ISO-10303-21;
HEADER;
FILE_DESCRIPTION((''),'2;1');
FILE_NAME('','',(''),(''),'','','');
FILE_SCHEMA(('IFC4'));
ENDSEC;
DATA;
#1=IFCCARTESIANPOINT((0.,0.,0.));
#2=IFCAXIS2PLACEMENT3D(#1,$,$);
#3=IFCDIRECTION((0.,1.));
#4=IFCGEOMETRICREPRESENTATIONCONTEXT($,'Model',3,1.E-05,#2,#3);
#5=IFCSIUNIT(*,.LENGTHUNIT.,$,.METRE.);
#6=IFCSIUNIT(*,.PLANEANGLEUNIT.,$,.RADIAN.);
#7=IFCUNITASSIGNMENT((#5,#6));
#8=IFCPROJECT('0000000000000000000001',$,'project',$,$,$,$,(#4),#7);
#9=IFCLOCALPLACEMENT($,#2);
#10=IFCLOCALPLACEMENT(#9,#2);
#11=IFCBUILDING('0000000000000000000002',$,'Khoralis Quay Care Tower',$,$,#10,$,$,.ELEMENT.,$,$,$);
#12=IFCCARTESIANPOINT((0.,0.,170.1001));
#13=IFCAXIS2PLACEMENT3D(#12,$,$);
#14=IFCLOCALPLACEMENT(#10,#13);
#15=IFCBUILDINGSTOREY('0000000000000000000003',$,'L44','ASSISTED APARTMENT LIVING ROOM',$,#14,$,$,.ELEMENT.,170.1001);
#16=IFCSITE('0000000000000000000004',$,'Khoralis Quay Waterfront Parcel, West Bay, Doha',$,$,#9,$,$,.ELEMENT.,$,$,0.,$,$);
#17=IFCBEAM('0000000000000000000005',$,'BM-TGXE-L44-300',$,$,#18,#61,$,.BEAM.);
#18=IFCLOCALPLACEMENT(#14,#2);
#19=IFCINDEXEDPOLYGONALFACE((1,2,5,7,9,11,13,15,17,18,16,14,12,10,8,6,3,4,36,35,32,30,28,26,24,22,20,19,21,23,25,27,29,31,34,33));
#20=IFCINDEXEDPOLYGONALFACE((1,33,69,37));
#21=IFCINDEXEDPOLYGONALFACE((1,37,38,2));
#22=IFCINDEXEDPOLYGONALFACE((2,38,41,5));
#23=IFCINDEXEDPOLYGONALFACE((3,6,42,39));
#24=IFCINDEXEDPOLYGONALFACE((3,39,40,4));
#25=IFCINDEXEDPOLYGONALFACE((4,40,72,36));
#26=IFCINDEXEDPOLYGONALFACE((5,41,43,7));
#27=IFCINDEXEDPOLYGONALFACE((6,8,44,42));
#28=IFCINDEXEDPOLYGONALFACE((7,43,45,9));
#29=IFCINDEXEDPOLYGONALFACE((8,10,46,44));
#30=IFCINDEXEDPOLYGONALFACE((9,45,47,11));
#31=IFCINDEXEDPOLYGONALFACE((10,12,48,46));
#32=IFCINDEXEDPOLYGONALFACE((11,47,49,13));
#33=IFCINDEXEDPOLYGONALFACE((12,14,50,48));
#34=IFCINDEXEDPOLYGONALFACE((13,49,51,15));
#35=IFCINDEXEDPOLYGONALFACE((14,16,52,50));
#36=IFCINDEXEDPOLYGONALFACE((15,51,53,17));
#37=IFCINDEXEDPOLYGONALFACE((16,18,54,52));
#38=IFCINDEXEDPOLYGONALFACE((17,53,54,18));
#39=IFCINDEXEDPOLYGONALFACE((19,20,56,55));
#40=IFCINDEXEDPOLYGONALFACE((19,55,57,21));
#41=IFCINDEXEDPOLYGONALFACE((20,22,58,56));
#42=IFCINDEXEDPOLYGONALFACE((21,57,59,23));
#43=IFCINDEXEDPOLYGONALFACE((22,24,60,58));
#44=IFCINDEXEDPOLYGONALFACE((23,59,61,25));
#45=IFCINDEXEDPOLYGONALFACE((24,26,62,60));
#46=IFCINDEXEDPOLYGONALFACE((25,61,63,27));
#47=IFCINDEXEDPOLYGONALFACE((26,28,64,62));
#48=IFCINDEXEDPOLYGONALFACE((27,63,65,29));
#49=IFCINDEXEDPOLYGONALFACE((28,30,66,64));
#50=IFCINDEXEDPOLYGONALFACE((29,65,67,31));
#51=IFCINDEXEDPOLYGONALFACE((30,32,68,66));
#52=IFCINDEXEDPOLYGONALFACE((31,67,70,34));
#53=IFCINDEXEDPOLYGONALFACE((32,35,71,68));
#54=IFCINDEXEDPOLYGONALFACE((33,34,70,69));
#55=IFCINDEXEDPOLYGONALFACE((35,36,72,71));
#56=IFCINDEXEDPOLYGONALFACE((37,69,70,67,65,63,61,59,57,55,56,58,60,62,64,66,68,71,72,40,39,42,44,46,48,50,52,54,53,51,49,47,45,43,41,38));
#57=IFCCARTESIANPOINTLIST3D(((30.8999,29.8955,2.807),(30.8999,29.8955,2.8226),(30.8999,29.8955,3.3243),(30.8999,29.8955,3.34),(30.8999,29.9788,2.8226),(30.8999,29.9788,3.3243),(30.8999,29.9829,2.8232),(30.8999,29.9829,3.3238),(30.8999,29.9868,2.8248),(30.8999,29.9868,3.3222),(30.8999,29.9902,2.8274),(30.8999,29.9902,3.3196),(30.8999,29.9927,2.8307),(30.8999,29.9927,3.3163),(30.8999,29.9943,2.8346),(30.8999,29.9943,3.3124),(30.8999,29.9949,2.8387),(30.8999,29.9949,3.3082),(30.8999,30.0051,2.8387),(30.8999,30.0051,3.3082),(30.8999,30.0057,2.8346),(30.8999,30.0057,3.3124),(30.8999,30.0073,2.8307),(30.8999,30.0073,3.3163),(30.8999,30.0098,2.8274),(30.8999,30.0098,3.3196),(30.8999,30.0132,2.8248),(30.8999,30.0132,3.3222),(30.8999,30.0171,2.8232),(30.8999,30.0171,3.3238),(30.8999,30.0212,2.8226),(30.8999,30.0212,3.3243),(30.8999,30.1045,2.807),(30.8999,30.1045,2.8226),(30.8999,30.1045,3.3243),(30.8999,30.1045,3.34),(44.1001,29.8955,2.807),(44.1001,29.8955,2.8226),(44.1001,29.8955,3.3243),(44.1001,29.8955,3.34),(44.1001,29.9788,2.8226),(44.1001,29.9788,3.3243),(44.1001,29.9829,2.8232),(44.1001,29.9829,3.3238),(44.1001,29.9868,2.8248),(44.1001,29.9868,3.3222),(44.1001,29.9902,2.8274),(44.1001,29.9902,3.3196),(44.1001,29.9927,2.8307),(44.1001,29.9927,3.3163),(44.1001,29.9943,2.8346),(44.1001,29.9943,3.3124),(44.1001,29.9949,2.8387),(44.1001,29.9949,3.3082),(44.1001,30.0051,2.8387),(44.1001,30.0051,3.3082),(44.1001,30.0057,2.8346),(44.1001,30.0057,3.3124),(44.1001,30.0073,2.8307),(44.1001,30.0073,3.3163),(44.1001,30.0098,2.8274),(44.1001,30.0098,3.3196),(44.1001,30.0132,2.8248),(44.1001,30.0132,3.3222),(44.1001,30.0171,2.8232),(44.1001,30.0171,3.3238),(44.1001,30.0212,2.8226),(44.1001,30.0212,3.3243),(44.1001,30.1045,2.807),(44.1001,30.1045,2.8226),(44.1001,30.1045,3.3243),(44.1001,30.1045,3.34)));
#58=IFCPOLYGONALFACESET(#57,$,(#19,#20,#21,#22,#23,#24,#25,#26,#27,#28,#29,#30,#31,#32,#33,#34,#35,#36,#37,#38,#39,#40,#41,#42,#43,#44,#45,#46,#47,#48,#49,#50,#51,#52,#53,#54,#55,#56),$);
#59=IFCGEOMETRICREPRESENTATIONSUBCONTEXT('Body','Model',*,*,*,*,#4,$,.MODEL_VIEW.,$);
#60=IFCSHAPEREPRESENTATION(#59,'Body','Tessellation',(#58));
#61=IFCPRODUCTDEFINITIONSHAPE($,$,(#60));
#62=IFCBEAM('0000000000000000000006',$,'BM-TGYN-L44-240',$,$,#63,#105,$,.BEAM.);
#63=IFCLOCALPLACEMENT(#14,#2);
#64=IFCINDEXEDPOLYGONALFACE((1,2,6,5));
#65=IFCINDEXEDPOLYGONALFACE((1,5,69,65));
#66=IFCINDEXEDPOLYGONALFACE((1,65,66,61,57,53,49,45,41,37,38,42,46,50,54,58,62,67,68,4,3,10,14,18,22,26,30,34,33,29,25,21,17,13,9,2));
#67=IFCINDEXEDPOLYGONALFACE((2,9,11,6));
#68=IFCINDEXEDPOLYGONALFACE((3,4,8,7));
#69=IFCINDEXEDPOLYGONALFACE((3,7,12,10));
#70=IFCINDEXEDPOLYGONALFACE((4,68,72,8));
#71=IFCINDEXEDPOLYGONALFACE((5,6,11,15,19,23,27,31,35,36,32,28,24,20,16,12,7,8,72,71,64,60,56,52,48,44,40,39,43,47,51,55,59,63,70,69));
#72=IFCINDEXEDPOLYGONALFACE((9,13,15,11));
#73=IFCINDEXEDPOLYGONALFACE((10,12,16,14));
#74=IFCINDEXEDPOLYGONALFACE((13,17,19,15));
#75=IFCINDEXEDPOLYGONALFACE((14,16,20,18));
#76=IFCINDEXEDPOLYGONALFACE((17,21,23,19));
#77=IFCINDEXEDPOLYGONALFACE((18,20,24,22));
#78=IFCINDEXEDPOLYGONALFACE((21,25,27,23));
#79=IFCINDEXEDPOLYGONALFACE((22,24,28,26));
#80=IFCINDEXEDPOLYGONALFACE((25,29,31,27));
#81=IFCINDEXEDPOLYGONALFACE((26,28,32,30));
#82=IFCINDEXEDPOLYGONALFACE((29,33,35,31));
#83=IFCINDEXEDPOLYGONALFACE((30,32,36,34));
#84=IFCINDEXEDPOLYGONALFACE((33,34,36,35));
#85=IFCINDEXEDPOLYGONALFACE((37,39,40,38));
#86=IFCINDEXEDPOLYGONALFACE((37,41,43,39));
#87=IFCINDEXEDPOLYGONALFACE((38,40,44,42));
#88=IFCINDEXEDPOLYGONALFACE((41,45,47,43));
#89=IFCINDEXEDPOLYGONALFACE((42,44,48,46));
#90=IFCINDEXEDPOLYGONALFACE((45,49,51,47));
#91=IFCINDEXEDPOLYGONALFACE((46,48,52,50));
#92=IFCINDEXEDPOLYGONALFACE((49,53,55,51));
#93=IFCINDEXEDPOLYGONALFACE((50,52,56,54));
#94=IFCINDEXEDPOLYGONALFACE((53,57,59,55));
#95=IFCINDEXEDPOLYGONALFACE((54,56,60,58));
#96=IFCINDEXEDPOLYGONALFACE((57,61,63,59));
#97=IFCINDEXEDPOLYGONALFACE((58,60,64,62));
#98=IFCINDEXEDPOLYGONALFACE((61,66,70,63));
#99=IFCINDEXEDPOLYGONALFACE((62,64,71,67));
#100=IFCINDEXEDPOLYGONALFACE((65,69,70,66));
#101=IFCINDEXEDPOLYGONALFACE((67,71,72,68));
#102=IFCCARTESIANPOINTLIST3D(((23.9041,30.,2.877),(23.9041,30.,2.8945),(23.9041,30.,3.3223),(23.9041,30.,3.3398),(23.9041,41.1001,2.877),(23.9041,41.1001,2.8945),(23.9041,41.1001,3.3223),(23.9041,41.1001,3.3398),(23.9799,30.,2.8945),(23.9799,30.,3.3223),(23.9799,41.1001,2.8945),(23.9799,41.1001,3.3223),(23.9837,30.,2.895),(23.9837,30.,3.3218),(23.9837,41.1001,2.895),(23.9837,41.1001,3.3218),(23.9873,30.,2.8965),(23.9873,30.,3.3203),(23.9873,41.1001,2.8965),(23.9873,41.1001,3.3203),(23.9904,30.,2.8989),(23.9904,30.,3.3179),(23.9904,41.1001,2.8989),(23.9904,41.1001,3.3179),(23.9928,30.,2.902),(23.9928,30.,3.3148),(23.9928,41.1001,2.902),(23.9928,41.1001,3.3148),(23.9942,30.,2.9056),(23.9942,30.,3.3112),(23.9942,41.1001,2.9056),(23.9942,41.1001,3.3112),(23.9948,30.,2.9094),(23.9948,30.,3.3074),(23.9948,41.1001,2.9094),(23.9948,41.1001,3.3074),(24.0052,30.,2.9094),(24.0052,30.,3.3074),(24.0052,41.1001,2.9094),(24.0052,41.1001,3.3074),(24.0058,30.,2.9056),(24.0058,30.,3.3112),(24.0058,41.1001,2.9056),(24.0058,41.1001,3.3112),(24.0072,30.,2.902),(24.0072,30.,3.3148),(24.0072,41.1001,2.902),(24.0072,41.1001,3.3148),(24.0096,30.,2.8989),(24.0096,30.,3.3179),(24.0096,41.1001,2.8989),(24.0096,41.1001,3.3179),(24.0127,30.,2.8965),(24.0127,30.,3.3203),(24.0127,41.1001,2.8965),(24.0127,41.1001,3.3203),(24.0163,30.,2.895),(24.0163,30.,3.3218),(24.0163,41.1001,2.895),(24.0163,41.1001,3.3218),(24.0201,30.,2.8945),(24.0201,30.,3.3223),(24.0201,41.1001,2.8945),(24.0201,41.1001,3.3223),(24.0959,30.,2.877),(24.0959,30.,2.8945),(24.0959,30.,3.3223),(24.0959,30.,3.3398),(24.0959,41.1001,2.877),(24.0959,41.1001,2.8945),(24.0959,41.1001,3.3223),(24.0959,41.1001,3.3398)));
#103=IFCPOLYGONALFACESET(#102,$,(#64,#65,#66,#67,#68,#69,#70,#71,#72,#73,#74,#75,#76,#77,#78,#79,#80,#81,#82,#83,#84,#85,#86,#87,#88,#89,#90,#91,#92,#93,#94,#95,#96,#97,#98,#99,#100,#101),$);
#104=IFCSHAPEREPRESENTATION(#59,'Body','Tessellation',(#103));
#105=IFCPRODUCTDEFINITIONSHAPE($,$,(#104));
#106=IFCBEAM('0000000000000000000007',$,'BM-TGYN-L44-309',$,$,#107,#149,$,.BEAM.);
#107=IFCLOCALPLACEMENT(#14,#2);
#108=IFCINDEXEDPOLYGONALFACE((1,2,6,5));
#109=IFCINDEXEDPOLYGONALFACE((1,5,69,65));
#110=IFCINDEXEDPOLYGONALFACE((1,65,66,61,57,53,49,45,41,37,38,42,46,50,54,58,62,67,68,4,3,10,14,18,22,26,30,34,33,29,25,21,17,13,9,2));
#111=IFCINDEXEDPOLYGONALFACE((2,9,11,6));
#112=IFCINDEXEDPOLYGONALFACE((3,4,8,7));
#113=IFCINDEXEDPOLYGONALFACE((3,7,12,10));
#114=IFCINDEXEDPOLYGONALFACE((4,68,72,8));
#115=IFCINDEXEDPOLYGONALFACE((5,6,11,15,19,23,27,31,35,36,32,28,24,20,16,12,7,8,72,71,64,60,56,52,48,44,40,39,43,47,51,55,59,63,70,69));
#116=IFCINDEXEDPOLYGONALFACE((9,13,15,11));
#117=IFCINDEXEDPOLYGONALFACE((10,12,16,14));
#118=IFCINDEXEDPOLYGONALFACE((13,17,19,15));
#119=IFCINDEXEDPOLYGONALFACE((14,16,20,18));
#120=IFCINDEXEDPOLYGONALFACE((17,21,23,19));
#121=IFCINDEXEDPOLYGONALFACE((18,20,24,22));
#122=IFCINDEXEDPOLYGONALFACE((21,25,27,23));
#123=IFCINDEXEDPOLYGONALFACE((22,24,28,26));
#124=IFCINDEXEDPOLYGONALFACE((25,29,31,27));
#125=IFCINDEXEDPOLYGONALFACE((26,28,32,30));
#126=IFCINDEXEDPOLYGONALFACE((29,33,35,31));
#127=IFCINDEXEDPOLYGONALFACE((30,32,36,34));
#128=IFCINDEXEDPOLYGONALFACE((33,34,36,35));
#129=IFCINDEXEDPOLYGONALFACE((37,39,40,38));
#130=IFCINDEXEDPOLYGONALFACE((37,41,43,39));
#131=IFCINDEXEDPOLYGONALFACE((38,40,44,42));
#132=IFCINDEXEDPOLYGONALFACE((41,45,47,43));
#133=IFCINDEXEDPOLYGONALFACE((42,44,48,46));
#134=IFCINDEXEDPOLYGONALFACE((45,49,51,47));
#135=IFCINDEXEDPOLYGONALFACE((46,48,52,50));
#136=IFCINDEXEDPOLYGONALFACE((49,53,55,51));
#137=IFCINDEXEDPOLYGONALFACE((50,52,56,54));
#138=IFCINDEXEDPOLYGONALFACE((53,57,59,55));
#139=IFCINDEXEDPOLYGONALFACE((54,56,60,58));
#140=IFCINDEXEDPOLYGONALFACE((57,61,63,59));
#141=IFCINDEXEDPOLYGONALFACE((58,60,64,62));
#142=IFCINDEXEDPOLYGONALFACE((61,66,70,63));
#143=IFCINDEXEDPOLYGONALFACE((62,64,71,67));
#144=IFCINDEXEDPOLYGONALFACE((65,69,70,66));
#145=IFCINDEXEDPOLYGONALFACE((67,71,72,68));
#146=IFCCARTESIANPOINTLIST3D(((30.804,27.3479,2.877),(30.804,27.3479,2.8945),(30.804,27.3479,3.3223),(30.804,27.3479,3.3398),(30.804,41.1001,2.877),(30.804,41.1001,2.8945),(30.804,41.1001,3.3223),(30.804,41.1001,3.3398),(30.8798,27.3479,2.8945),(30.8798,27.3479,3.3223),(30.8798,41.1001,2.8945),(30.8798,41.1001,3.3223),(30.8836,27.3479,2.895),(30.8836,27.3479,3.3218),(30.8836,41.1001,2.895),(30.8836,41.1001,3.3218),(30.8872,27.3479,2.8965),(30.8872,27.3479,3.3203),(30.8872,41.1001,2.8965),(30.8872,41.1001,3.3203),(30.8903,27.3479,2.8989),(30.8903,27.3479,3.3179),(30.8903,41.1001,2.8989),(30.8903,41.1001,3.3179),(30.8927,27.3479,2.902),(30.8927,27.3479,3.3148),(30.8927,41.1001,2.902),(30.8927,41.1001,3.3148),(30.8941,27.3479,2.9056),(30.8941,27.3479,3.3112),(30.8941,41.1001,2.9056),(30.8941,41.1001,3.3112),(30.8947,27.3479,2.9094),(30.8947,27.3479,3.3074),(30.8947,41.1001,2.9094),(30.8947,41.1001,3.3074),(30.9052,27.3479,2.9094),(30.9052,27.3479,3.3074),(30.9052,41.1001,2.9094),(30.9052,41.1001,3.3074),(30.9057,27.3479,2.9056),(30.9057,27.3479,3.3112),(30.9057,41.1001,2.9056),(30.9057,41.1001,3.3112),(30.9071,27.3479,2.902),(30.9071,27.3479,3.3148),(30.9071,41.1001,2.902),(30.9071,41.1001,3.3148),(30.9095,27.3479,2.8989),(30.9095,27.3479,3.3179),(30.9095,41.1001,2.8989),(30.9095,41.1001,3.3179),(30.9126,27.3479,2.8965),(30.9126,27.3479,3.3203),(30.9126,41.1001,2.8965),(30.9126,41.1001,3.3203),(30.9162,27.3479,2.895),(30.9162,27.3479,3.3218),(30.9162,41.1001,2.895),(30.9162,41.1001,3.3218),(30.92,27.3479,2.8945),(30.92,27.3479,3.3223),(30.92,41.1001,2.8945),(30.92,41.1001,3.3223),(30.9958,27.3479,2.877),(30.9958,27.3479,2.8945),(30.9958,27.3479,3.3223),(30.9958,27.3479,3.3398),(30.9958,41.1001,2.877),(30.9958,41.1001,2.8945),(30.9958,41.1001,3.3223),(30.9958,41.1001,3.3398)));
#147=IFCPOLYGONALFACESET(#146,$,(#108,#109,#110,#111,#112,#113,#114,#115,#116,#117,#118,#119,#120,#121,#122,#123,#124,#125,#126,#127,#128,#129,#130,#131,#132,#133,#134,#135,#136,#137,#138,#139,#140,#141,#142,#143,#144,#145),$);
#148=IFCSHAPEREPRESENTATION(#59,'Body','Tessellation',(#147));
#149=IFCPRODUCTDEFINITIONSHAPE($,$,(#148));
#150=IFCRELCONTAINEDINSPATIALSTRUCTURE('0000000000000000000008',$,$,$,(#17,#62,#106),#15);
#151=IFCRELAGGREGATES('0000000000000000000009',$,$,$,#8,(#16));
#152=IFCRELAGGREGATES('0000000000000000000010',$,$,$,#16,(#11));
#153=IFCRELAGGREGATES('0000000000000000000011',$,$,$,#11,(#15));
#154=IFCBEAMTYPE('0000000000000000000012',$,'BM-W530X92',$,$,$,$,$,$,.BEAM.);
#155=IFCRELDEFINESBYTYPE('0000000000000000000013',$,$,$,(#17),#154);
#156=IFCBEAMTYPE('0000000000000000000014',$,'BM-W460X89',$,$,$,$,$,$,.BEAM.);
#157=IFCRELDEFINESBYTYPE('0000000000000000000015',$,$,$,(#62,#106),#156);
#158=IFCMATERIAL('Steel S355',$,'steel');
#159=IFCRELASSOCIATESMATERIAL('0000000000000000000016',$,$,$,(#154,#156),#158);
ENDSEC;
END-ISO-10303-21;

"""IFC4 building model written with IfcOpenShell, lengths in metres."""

from ifc_helpers import new_model, si_unit, direction, frame, origin, origin_2d, place, context, subcontext, project, spatial, i_section, extrude, source, transform, mapped, material, material_profile, profile_set, type_object, element, save


model = new_model("IFC4")

# Units and contexts
model_context = context("Model", 3, precision=1e-05, world=origin(), true_north=direction((0.0, 1.0)))
body_context = subcontext(model_context, "Body", "Model", "MODEL_VIEW")
ifc_project = project(units=[si_unit("LENGTHUNIT", "METRE"), si_unit("PLANEANGLEUNIT", "RADIAN")], contexts=[model_context])

# Site, building, storey
site_placement = place(None, origin())
site = spatial("IfcSite", under=ifc_project, at=site_placement, Name="Khoralis Quay Waterfront Parcel, West Bay, Doha", CompositionType="ELEMENT", RefElevation=0.0)
building_placement = place(site_placement, origin())
building = spatial("IfcBuilding", under=site, at=building_placement, Name="Khoralis Quay Care Tower", CompositionType="ELEMENT")
storey_placement = place(building_placement, frame((0.0, 0.0, 170.1001)))
storey = spatial("IfcBuildingStorey", under=building, at=storey_placement, Name="L44", Description="ASSISTED APARTMENT LIVING ROOM", CompositionType="ELEMENT", Elevation=170.1001)

# Beams
ifc_material_1 = material(Name="Steel S355", Category="steel")
ifc_material_profile_1 = material_profile(ifc_material_1, i_section(OverallWidth=0.209, OverallDepth=0.533, WebThickness=0.0103, FlangeThickness=0.0156, FilletRadius=0.0161, at=origin_2d()), Name="Steel S355")
ifc_profile_set_1 = profile_set([ifc_material_profile_1], Name="Steel S355")
beam_type_1 = type_object("IfcBeamType", Name="BM-W530X92", PredefinedType="BEAM", material=ifc_profile_set_1)
shared_shape_1 = source(origin(), body_context, "Body", "SweptSolid", [
    extrude(i_section(OverallWidth=0.209, OverallDepth=0.533, WebThickness=0.0103, FlangeThickness=0.0156, FilletRadius=0.0161, at=origin_2d()), origin(), (0.0, 0.0, 1.0), 13.2002),
])
beam_1_placement = place(storey_placement, frame((30.8999, 30.0, 3.0735), z_axis=(1.0, 0.0, 0.0), x_axis=(0.0, 1.0, 0.0)))
element("IfcBeam", 1, at=beam_1_placement, inside=storey, type_object=beam_type_1, Name="BM-TGXE-L44-300", PredefinedType="BEAM", context=body_context, shape_type="MappedRepresentation", body=[
    mapped(shared_shape_1, transform((0.0, 0.0, 0.0), scale=1.0)),
])
ifc_material_profile_2 = material_profile(ifc_material_1, i_section(OverallWidth=0.1919, OverallDepth=0.4629, WebThickness=0.0105, FlangeThickness=0.0176, FilletRadius=0.0149, at=origin_2d()), Name="Steel S355")
ifc_profile_set_2 = profile_set([ifc_material_profile_2], Name="Steel S355")
beam_type_2 = type_object("IfcBeamType", Name="BM-W460X89", PredefinedType="BEAM", material=ifc_profile_set_2)
shared_shape_2 = source(origin(), body_context, "Body", "SweptSolid", [
    extrude(i_section(OverallWidth=0.1919, OverallDepth=0.4629, WebThickness=0.0105, FlangeThickness=0.0176, FilletRadius=0.0149, at=origin_2d()), origin(), (0.0, 0.0, 1.0), 11.1001),
])
beam_2_placement = place(storey_placement, frame((24.0, 30.0, 3.1084), z_axis=(0.0, 1.0, 0.0), x_axis=(-1.0, 0.0, 0.0)))
element("IfcBeam", 2, at=beam_2_placement, inside=storey, type_object=beam_type_2, Name="BM-TGYN-L44-240", PredefinedType="BEAM", context=body_context, shape_type="MappedRepresentation", body=[
    mapped(shared_shape_2, transform((0.0, 0.0, 0.0), scale=1.0)),
])
shared_shape_3 = source(origin(), body_context, "Body", "SweptSolid", [
    extrude(i_section(OverallWidth=0.1919, OverallDepth=0.4629, WebThickness=0.0105, FlangeThickness=0.0176, FilletRadius=0.0149, at=origin_2d()), origin(), (0.0, 0.0, 1.0), 13.7522),
])
beam_3_placement = place(storey_placement, frame((30.8999, 27.3479, 3.1084), z_axis=(0.0, 1.0, 0.0), x_axis=(-1.0, 0.0, 0.0)))
element("IfcBeam", 3, at=beam_3_placement, inside=storey, type_object=beam_type_2, Name="BM-TGYN-L44-309", PredefinedType="BEAM", context=body_context, shape_type="MappedRepresentation", body=[
    mapped(shared_shape_3, transform((0.0, 0.0, 0.0), scale=1.0)),
])

save(model, "model.ifc")
